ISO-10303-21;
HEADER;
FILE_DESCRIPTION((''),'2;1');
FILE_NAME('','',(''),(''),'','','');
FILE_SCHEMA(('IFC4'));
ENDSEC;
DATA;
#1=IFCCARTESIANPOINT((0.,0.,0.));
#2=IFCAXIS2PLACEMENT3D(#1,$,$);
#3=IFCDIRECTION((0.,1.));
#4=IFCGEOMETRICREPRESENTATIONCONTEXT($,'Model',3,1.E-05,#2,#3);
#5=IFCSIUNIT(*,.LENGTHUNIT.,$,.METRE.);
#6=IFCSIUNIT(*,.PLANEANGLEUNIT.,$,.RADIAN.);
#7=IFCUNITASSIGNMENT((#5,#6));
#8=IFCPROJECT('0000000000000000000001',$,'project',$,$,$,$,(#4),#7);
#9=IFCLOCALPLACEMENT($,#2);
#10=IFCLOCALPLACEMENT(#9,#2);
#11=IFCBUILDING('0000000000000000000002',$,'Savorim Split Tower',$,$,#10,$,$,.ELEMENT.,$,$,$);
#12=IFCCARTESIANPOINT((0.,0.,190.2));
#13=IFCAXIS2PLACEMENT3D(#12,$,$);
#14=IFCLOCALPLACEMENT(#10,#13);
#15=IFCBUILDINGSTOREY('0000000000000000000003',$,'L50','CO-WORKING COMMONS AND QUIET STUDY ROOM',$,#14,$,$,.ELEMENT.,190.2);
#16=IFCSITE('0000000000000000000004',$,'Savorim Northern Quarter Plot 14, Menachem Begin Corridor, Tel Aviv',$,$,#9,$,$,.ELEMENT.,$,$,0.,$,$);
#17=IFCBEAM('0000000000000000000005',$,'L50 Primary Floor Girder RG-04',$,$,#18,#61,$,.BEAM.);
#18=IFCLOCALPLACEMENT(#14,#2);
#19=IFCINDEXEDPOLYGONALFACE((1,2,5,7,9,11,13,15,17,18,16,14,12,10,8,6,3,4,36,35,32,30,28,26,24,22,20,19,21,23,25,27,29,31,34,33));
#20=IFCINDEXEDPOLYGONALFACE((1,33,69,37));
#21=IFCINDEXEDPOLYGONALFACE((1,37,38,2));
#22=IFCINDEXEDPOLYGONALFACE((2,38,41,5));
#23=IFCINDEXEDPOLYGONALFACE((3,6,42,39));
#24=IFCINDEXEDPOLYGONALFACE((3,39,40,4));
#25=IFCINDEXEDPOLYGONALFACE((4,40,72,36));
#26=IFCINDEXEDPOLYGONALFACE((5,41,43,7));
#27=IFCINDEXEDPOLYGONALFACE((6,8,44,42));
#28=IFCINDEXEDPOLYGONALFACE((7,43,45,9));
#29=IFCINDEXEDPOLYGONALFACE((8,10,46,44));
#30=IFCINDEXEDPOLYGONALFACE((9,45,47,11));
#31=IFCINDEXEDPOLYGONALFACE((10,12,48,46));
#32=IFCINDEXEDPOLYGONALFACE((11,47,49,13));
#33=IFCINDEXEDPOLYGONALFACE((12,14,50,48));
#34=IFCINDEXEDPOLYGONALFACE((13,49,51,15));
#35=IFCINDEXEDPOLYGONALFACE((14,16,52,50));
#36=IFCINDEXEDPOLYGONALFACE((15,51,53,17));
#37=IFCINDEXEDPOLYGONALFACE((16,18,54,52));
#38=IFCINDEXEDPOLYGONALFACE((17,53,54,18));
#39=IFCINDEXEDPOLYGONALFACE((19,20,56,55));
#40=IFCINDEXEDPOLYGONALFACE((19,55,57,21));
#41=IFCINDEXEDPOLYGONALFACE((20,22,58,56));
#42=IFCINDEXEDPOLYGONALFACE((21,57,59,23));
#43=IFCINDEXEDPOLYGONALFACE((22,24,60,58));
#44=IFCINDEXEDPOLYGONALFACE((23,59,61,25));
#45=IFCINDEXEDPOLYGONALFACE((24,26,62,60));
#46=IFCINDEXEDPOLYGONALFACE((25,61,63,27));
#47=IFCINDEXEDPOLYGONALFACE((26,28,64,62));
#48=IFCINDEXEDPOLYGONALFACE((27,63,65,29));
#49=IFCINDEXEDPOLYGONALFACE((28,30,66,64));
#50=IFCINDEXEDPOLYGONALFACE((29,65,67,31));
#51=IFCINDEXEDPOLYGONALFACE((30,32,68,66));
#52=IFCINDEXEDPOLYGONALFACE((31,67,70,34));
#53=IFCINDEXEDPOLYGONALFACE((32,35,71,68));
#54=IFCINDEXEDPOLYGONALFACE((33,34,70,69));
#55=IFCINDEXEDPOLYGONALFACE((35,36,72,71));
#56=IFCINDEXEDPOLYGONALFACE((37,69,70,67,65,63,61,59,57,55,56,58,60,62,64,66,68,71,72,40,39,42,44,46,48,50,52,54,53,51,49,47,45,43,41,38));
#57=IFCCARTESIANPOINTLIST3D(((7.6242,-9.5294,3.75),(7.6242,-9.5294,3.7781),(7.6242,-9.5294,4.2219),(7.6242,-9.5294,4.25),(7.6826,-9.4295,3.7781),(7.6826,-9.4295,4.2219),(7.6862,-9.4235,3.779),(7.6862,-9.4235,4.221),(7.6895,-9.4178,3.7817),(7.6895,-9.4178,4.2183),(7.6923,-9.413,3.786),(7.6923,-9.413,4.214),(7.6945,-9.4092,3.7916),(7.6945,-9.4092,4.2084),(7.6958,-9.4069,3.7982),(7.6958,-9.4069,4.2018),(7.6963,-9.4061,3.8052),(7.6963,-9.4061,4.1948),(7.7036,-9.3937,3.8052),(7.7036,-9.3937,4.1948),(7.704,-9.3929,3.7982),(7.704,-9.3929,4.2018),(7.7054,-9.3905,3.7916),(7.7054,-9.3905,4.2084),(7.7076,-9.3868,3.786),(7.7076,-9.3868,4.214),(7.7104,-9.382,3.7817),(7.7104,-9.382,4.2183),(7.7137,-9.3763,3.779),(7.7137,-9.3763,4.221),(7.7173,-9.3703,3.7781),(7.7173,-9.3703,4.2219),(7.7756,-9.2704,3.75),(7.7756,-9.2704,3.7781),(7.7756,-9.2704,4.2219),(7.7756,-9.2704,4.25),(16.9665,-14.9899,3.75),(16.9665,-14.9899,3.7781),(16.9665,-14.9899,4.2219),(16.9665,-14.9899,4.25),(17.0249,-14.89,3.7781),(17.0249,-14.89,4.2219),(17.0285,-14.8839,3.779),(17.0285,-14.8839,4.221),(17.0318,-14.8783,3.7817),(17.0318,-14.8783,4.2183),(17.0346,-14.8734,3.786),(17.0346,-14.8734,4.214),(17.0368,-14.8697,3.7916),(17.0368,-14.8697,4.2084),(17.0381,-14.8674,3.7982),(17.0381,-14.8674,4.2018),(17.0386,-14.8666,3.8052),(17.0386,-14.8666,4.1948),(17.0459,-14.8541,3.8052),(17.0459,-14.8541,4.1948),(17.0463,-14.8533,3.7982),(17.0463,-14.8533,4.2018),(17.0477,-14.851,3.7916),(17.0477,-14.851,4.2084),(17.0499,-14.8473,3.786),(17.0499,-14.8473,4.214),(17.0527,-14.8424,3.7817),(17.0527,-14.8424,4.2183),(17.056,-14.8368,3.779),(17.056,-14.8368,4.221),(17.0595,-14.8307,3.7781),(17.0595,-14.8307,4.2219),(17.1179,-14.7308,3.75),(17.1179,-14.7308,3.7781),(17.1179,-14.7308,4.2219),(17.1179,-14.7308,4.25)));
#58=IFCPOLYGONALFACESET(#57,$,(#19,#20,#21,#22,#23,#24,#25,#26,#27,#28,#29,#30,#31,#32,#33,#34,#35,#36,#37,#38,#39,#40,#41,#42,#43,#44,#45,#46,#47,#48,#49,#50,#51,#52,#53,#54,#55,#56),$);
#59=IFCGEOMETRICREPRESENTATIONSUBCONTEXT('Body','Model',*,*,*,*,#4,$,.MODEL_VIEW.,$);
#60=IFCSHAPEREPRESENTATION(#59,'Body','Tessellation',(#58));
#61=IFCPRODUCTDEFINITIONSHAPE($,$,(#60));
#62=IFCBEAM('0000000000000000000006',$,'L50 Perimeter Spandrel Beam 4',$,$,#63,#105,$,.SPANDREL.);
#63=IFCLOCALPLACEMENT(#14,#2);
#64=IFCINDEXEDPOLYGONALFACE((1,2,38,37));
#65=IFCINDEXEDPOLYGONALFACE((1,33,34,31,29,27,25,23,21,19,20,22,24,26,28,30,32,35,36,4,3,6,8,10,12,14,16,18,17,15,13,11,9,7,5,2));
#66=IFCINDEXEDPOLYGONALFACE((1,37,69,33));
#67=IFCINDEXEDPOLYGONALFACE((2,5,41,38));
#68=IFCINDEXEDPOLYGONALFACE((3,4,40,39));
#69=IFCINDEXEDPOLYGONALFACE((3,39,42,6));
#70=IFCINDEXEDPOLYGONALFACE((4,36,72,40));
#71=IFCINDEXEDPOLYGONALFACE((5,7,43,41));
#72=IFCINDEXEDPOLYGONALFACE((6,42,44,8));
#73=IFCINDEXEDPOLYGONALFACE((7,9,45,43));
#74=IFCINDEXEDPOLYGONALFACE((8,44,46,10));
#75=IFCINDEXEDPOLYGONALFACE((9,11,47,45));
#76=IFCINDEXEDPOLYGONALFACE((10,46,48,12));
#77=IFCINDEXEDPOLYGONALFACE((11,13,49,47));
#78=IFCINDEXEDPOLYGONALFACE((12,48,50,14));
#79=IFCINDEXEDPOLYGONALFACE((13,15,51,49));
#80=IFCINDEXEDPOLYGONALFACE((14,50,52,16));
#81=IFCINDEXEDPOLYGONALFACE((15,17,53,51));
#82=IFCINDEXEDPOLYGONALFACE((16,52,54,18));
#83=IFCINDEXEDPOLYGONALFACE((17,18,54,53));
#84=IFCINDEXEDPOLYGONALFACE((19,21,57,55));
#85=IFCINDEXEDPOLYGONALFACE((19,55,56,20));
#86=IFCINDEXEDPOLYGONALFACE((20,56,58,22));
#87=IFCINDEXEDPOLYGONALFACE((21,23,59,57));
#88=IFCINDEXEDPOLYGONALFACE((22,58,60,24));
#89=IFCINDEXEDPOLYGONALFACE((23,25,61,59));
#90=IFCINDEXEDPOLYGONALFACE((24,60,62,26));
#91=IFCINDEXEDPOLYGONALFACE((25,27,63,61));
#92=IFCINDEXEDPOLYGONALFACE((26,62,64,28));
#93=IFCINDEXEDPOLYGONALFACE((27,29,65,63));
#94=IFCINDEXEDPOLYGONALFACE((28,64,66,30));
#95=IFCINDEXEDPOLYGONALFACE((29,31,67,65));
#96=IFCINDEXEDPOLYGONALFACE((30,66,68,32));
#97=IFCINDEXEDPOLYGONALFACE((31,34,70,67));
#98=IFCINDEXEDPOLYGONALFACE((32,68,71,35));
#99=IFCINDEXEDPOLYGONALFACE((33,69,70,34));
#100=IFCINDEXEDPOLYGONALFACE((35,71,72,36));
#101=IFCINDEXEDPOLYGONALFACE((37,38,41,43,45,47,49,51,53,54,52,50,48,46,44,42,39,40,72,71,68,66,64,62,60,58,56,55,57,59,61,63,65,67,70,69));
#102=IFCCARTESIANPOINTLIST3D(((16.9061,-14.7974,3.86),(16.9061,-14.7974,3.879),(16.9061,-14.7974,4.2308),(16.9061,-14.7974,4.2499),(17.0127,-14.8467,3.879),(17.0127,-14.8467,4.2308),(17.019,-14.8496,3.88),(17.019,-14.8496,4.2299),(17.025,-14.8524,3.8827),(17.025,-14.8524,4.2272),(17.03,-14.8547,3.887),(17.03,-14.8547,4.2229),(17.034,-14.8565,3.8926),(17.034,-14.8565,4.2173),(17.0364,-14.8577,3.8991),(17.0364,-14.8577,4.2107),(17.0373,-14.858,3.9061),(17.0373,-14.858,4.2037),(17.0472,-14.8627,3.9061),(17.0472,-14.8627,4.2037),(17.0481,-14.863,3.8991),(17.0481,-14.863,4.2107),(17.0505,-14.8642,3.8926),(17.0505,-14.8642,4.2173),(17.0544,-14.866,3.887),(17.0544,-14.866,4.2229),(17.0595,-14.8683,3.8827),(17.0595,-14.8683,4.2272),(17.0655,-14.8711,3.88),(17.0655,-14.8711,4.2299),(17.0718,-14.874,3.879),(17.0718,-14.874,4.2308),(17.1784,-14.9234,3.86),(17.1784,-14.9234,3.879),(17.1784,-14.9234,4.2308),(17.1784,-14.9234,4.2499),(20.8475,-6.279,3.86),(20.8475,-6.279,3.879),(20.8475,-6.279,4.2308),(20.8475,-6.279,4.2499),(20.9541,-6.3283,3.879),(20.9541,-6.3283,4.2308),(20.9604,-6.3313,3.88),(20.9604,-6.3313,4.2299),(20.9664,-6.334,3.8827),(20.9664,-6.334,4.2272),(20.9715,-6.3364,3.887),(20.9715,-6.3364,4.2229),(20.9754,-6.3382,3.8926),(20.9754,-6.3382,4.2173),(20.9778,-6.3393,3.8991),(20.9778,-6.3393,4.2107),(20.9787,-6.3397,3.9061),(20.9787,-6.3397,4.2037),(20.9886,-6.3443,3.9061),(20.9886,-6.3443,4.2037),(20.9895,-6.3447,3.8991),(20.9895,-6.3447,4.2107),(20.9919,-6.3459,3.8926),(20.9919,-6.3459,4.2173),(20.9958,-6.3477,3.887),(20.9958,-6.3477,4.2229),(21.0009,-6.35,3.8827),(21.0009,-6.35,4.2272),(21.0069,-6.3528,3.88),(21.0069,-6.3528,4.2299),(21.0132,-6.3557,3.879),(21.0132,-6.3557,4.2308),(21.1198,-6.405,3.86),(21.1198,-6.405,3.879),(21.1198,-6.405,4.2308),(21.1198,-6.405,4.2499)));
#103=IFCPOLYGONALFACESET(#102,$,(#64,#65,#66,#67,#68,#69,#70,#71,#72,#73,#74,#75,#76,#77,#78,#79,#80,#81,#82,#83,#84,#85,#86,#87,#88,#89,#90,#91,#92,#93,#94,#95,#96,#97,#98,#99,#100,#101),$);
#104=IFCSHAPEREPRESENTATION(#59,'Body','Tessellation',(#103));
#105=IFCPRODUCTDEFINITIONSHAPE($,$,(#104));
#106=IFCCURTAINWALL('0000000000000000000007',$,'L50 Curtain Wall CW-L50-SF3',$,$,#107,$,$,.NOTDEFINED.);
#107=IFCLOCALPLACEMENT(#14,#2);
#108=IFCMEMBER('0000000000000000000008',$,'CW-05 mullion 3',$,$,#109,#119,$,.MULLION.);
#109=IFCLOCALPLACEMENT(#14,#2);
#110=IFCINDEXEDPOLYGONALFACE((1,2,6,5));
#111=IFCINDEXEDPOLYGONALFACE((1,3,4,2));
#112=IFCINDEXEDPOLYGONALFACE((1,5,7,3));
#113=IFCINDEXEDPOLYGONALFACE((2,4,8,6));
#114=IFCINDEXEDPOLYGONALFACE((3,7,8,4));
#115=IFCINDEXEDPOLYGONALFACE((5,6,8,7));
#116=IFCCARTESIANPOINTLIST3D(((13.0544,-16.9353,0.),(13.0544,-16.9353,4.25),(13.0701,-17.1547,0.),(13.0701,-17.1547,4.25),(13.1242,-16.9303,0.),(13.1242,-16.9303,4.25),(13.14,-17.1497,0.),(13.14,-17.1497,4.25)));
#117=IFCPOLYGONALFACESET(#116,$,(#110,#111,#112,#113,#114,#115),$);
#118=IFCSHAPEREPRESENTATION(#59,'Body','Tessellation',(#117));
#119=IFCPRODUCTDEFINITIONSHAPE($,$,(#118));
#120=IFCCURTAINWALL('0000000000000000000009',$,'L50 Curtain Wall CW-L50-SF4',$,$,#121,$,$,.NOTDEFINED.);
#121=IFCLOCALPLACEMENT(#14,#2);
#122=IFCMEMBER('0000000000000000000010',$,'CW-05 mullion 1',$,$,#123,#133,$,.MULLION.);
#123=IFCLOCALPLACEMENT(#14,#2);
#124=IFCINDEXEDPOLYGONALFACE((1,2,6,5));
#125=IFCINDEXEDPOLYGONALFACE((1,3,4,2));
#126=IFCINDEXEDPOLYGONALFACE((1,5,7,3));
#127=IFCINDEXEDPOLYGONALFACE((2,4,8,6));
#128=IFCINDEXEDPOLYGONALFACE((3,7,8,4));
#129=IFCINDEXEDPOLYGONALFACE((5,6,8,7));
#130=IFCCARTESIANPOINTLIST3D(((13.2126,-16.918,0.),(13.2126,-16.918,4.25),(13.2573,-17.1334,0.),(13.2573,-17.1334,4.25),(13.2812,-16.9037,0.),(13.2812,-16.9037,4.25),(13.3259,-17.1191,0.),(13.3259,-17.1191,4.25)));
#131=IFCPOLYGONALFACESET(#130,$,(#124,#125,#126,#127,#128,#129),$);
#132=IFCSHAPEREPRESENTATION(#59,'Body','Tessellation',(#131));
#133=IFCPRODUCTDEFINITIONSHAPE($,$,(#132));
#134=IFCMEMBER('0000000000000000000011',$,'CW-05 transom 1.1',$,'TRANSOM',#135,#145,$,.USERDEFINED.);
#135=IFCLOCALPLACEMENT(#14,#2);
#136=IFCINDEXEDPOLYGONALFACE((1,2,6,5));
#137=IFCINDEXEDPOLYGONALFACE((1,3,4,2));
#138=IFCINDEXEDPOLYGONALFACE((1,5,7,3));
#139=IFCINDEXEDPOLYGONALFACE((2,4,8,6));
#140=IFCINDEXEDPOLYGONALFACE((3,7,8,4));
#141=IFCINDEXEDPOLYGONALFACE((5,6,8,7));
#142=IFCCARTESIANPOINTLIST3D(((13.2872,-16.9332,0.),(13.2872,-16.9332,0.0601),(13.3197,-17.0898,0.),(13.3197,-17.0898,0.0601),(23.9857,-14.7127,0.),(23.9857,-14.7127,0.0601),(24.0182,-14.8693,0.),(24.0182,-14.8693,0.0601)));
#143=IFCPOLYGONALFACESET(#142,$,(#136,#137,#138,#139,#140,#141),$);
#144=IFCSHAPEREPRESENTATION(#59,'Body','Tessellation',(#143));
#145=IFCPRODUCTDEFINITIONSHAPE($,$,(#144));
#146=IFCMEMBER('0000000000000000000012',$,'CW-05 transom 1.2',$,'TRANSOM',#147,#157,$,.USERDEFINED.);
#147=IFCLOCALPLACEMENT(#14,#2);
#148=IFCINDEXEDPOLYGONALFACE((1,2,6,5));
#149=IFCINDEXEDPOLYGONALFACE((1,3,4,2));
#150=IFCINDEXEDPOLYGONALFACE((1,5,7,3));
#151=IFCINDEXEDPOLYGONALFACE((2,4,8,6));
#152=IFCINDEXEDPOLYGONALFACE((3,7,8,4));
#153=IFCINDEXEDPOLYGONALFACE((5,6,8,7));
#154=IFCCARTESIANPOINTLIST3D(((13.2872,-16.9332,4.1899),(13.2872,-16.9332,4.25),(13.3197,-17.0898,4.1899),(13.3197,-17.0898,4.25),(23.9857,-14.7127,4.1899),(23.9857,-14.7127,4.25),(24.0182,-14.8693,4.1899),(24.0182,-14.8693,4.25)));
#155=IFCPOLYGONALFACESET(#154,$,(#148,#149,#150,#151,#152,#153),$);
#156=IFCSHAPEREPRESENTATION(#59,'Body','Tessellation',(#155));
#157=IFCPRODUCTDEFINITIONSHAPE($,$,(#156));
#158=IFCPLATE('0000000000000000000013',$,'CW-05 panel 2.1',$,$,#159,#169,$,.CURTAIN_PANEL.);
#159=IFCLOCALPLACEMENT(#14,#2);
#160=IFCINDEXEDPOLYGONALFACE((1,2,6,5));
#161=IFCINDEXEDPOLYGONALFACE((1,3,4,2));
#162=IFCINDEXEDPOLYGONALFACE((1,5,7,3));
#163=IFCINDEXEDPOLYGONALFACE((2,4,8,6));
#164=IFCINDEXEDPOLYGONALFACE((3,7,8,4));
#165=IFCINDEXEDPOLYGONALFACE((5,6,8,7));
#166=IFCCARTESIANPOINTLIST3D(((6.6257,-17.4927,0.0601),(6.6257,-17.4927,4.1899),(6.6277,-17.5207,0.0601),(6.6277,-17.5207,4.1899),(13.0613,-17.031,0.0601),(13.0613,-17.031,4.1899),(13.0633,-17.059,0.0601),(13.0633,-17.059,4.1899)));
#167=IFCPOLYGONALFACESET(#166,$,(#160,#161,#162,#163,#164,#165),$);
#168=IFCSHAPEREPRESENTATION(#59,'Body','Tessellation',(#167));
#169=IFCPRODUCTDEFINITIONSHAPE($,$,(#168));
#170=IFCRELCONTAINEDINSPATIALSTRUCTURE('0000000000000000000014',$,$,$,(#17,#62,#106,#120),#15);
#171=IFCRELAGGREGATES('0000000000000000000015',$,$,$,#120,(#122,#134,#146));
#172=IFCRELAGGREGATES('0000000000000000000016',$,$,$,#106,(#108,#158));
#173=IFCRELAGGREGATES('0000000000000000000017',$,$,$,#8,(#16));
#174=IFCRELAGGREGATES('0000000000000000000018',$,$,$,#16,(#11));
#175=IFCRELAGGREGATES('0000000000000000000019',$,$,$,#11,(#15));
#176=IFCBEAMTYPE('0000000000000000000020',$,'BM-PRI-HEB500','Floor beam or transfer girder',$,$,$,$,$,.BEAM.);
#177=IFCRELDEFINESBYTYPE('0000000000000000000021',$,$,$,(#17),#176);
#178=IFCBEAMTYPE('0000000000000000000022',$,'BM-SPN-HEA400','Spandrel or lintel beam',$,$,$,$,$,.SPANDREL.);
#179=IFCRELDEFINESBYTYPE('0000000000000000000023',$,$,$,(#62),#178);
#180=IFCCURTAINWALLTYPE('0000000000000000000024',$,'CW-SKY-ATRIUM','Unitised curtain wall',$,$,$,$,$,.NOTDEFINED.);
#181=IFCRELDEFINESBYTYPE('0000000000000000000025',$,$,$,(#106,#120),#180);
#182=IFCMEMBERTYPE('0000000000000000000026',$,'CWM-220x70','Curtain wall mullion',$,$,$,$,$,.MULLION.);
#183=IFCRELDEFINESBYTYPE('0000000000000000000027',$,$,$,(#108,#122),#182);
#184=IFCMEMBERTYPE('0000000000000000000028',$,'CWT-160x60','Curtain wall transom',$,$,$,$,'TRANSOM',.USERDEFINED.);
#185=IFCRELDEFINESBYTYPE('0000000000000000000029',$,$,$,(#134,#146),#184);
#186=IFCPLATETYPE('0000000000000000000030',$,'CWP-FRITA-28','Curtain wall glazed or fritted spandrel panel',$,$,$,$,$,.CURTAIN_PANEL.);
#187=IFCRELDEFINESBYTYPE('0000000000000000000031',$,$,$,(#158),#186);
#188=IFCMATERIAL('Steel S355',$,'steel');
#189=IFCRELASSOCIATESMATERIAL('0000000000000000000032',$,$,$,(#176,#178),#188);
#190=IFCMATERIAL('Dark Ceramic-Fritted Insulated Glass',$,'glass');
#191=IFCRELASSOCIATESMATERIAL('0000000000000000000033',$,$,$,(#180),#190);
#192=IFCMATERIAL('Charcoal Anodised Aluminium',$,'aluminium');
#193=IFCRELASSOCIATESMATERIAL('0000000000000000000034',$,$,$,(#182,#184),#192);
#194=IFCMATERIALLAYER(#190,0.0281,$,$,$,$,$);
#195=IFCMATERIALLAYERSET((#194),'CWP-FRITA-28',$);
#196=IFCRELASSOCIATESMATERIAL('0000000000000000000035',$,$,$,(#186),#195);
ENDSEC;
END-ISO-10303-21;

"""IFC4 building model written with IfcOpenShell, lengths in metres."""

from ifc_helpers import new_model, si_unit, direction, frame, origin, origin_2d, place, context, subcontext, project, spatial, rectangle, i_section, extrude, material, layer, layer_set, material_profile, profile_set, type_object, element, aggregate, save


model = new_model("IFC4")

# Units and contexts
model_context = context("Model", 3, precision=1e-05, world=origin(), true_north=direction((0.0, 1.0)))
body_context = subcontext(model_context, "Body", "Model", "MODEL_VIEW")
ifc_project = project(units=[si_unit("LENGTHUNIT", "METRE"), si_unit("PLANEANGLEUNIT", "RADIAN")], contexts=[model_context])

# Site, building, storey
site_placement = place(None, origin())
site = spatial("IfcSite", under=ifc_project, at=site_placement, Name="Savorim Northern Quarter Plot 14, Menachem Begin Corridor, Tel Aviv", CompositionType="ELEMENT", RefElevation=0.0)
building_placement = place(site_placement, origin())
building = spatial("IfcBuilding", under=site, at=building_placement, Name="Savorim Split Tower", CompositionType="ELEMENT")
storey_placement = place(building_placement, frame((0.0, 0.0, 190.2)))
storey = spatial("IfcBuildingStorey", under=building, at=storey_placement, Name="L50", Description="CO-WORKING COMMONS AND QUIET STUDY ROOM", CompositionType="ELEMENT", Elevation=190.2)

# Shared definitions
ifc_material_1 = material(Name="Steel S355", Category="steel")

# Beams
ifc_material_profile_1 = material_profile(ifc_material_1, i_section(OverallWidth=0.3, OverallDepth=0.5, WebThickness=0.0144, FlangeThickness=0.0281, FilletRadius=0.0271, at=origin_2d()), Name="HEB 500")
ifc_profile_set_1 = profile_set([ifc_material_profile_1], Name="Steel S355")
beam_type_1 = type_object("IfcBeamType", Name="BM-PRI-HEB500", Description="Floor beam or transfer girder", PredefinedType="BEAM", material=ifc_profile_set_1)
beam_1_placement = place(storey_placement, frame((17.0422, -14.8604, 4.0), z_axis=(-0.863345, 0.504614, 0.0), x_axis=(-0.504614, -0.863345, 0.0)))
element("IfcBeam", 1, at=beam_1_placement, inside=storey, type_object=beam_type_1, Name="L50 Primary Floor Girder RG-04", PredefinedType="BEAM", context=body_context, shape_type="SweptSolid", body=[
    extrude(i_section(OverallWidth=0.3, OverallDepth=0.5, WebThickness=0.0144, FlangeThickness=0.0281, FilletRadius=0.0271, at=origin_2d()), origin(), (0.0, 0.0, 1.0), 10.821),
])
ifc_material_profile_2 = material_profile(ifc_material_1, i_section(OverallWidth=0.3, OverallDepth=0.3899, WebThickness=0.011, FlangeThickness=0.019, FilletRadius=0.0271, at=origin_2d()), Name="HEA 400")
ifc_profile_set_2 = profile_set([ifc_material_profile_2], Name="Steel S355")
beam_type_2 = type_object("IfcBeamType", Name="BM-SPN-HEA400", Description="Spandrel or lintel beam", PredefinedType="SPANDREL", material=ifc_profile_set_2)
beam_2_placement = place(storey_placement, frame((17.0422, -14.8604, 4.0549), z_axis=(0.419926, 0.907559, 0.0), x_axis=(-0.907559, 0.419926, 0.0)))
element("IfcBeam", 2, at=beam_2_placement, inside=storey, type_object=beam_type_2, Name="L50 Perimeter Spandrel Beam 4", PredefinedType="SPANDREL", context=body_context, shape_type="SweptSolid", body=[
    extrude(i_section(OverallWidth=0.3, OverallDepth=0.3899, WebThickness=0.011, FlangeThickness=0.019, FilletRadius=0.0271, at=origin_2d()), origin(), (0.0, 0.0, 1.0), 9.386),
])

# Curtain wall, member
ifc_material_2 = material(Name="Dark Ceramic-Fritted Insulated Glass", Category="glass")
curtain_wall_type = type_object("IfcCurtainWallType", Name="CW-SKY-ATRIUM", Description="Unitised curtain wall", PredefinedType="NOTDEFINED", material=ifc_material_2)
curtain_wall_1_placement = place(storey_placement, origin())
curtain_wall_1 = element("IfcCurtainWall", 3, at=curtain_wall_1_placement, inside=storey, type_object=curtain_wall_type, Name="L50 Curtain Wall CW-L50-SF3", PredefinedType="NOTDEFINED")
ifc_material_3 = material(Name="Charcoal Anodised Aluminium", Category="aluminium")
ifc_material_profile_3 = material_profile(ifc_material_3, rectangle(XDim=0.22, YDim=0.0701, at=origin_2d()), Name="ALU-M 220x70")
ifc_profile_set_3 = profile_set([ifc_material_profile_3], Name="Charcoal Anodised Aluminium")
member_type_1 = type_object("IfcMemberType", Name="CWM-220x70", Description="Curtain wall mullion", PredefinedType="MULLION", material=ifc_profile_set_3)
member_1_placement = place(storey_placement, frame((13.0972, -17.0425, 0.0), z_axis=(0.0, 0.0, 1.0), x_axis=(-0.071562, 0.997436, 0.0)))
member_1 = element("IfcMember", 4, at=member_1_placement, type_object=member_type_1, Name="CW-05 mullion 3", PredefinedType="MULLION", context=body_context, shape_type="SweptSolid", body=[
    extrude(rectangle(XDim=0.22, YDim=0.0701, at=origin_2d()), origin(), (0.0, 0.0, 1.0), 4.25),
])

# Curtain wall, members
curtain_wall_2_placement = place(storey_placement, origin())
curtain_wall_2 = element("IfcCurtainWall", 5, at=curtain_wall_2_placement, inside=storey, type_object=curtain_wall_type, Name="L50 Curtain Wall CW-L50-SF4", PredefinedType="NOTDEFINED")
member_2_placement = place(storey_placement, frame((13.2693, -17.0186, 0.0), z_axis=(0.0, 0.0, 1.0), x_axis=(-0.203208, 0.979136, 0.0)))
member_2 = element("IfcMember", 6, at=member_2_placement, type_object=member_type_1, Name="CW-05 mullion 1", PredefinedType="MULLION", context=body_context, shape_type="SweptSolid", body=[
    extrude(rectangle(XDim=0.22, YDim=0.0701, at=origin_2d()), origin(), (0.0, 0.0, 1.0), 4.25),
])
ifc_material_profile_4 = material_profile(ifc_material_3, rectangle(XDim=0.1599, YDim=0.0601, at=origin_2d()), Name="ALU-T 160x60")
ifc_profile_set_4 = profile_set([ifc_material_profile_4], Name="Charcoal Anodised Aluminium")
member_type_2 = type_object("IfcMemberType", Name="CWT-160x60", Description="Curtain wall transom", ElementType="TRANSOM", PredefinedType="USERDEFINED", material=ifc_profile_set_4)
member_3_placement = place(storey_placement, frame((13.3035, -17.0115, 0.03), z_axis=(0.979134, 0.203218, 0.0), x_axis=(-0.203218, 0.979134, 0.0)))
member_3 = element("IfcMember", 7, at=member_3_placement, type_object=member_type_2, Name="CW-05 transom 1.1", ObjectType="TRANSOM", PredefinedType="USERDEFINED", context=body_context, shape_type="SweptSolid", body=[
    extrude(rectangle(XDim=0.1599, YDim=0.0601, at=origin_2d()), origin(), (0.0, 0.0, 1.0), 10.9265),
])
member_4_placement = place(storey_placement, frame((13.3035, -17.0115, 4.22), z_axis=(0.979134, 0.203218, 0.0), x_axis=(-0.203218, 0.979134, 0.0)))
member_4 = element("IfcMember", 8, at=member_4_placement, type_object=member_type_2, Name="CW-05 transom 1.2", ObjectType="TRANSOM", PredefinedType="USERDEFINED", context=body_context, shape_type="SweptSolid", body=[
    extrude(rectangle(XDim=0.1599, YDim=0.0601, at=origin_2d()), origin(), (0.0, 0.0, 1.0), 10.9265),
])
aggregate(curtain_wall_2, [member_2, member_3, member_4])

# Plate
ifc_layer_1 = layer(ifc_material_2, 0.0281)
ifc_layer_set_1 = layer_set([ifc_layer_1], Name="CWP-FRITA-28")
plate_type = type_object("IfcPlateType", Name="CWP-FRITA-28", Description="Curtain wall glazed or fritted spandrel panel", PredefinedType="CURTAIN_PANEL", material=ifc_layer_set_1)
plate_placement = place(storey_placement, frame((9.8445, -17.2759, 0.0601), z_axis=(0.0, 0.0, 1.0), x_axis=(0.997436, 0.071562, 0.0)))
plate = element("IfcPlate", 9, at=plate_placement, type_object=plate_type, Name="CW-05 panel 2.1", PredefinedType="CURTAIN_PANEL", context=body_context, shape_type="SweptSolid", body=[
    extrude(rectangle(XDim=6.4521, YDim=0.0281, at=origin_2d()), origin(), (0.0, 0.0, 1.0), 4.1299),
])
aggregate(curtain_wall_1, [member_1, plate])

save(model, "model.ifc")
